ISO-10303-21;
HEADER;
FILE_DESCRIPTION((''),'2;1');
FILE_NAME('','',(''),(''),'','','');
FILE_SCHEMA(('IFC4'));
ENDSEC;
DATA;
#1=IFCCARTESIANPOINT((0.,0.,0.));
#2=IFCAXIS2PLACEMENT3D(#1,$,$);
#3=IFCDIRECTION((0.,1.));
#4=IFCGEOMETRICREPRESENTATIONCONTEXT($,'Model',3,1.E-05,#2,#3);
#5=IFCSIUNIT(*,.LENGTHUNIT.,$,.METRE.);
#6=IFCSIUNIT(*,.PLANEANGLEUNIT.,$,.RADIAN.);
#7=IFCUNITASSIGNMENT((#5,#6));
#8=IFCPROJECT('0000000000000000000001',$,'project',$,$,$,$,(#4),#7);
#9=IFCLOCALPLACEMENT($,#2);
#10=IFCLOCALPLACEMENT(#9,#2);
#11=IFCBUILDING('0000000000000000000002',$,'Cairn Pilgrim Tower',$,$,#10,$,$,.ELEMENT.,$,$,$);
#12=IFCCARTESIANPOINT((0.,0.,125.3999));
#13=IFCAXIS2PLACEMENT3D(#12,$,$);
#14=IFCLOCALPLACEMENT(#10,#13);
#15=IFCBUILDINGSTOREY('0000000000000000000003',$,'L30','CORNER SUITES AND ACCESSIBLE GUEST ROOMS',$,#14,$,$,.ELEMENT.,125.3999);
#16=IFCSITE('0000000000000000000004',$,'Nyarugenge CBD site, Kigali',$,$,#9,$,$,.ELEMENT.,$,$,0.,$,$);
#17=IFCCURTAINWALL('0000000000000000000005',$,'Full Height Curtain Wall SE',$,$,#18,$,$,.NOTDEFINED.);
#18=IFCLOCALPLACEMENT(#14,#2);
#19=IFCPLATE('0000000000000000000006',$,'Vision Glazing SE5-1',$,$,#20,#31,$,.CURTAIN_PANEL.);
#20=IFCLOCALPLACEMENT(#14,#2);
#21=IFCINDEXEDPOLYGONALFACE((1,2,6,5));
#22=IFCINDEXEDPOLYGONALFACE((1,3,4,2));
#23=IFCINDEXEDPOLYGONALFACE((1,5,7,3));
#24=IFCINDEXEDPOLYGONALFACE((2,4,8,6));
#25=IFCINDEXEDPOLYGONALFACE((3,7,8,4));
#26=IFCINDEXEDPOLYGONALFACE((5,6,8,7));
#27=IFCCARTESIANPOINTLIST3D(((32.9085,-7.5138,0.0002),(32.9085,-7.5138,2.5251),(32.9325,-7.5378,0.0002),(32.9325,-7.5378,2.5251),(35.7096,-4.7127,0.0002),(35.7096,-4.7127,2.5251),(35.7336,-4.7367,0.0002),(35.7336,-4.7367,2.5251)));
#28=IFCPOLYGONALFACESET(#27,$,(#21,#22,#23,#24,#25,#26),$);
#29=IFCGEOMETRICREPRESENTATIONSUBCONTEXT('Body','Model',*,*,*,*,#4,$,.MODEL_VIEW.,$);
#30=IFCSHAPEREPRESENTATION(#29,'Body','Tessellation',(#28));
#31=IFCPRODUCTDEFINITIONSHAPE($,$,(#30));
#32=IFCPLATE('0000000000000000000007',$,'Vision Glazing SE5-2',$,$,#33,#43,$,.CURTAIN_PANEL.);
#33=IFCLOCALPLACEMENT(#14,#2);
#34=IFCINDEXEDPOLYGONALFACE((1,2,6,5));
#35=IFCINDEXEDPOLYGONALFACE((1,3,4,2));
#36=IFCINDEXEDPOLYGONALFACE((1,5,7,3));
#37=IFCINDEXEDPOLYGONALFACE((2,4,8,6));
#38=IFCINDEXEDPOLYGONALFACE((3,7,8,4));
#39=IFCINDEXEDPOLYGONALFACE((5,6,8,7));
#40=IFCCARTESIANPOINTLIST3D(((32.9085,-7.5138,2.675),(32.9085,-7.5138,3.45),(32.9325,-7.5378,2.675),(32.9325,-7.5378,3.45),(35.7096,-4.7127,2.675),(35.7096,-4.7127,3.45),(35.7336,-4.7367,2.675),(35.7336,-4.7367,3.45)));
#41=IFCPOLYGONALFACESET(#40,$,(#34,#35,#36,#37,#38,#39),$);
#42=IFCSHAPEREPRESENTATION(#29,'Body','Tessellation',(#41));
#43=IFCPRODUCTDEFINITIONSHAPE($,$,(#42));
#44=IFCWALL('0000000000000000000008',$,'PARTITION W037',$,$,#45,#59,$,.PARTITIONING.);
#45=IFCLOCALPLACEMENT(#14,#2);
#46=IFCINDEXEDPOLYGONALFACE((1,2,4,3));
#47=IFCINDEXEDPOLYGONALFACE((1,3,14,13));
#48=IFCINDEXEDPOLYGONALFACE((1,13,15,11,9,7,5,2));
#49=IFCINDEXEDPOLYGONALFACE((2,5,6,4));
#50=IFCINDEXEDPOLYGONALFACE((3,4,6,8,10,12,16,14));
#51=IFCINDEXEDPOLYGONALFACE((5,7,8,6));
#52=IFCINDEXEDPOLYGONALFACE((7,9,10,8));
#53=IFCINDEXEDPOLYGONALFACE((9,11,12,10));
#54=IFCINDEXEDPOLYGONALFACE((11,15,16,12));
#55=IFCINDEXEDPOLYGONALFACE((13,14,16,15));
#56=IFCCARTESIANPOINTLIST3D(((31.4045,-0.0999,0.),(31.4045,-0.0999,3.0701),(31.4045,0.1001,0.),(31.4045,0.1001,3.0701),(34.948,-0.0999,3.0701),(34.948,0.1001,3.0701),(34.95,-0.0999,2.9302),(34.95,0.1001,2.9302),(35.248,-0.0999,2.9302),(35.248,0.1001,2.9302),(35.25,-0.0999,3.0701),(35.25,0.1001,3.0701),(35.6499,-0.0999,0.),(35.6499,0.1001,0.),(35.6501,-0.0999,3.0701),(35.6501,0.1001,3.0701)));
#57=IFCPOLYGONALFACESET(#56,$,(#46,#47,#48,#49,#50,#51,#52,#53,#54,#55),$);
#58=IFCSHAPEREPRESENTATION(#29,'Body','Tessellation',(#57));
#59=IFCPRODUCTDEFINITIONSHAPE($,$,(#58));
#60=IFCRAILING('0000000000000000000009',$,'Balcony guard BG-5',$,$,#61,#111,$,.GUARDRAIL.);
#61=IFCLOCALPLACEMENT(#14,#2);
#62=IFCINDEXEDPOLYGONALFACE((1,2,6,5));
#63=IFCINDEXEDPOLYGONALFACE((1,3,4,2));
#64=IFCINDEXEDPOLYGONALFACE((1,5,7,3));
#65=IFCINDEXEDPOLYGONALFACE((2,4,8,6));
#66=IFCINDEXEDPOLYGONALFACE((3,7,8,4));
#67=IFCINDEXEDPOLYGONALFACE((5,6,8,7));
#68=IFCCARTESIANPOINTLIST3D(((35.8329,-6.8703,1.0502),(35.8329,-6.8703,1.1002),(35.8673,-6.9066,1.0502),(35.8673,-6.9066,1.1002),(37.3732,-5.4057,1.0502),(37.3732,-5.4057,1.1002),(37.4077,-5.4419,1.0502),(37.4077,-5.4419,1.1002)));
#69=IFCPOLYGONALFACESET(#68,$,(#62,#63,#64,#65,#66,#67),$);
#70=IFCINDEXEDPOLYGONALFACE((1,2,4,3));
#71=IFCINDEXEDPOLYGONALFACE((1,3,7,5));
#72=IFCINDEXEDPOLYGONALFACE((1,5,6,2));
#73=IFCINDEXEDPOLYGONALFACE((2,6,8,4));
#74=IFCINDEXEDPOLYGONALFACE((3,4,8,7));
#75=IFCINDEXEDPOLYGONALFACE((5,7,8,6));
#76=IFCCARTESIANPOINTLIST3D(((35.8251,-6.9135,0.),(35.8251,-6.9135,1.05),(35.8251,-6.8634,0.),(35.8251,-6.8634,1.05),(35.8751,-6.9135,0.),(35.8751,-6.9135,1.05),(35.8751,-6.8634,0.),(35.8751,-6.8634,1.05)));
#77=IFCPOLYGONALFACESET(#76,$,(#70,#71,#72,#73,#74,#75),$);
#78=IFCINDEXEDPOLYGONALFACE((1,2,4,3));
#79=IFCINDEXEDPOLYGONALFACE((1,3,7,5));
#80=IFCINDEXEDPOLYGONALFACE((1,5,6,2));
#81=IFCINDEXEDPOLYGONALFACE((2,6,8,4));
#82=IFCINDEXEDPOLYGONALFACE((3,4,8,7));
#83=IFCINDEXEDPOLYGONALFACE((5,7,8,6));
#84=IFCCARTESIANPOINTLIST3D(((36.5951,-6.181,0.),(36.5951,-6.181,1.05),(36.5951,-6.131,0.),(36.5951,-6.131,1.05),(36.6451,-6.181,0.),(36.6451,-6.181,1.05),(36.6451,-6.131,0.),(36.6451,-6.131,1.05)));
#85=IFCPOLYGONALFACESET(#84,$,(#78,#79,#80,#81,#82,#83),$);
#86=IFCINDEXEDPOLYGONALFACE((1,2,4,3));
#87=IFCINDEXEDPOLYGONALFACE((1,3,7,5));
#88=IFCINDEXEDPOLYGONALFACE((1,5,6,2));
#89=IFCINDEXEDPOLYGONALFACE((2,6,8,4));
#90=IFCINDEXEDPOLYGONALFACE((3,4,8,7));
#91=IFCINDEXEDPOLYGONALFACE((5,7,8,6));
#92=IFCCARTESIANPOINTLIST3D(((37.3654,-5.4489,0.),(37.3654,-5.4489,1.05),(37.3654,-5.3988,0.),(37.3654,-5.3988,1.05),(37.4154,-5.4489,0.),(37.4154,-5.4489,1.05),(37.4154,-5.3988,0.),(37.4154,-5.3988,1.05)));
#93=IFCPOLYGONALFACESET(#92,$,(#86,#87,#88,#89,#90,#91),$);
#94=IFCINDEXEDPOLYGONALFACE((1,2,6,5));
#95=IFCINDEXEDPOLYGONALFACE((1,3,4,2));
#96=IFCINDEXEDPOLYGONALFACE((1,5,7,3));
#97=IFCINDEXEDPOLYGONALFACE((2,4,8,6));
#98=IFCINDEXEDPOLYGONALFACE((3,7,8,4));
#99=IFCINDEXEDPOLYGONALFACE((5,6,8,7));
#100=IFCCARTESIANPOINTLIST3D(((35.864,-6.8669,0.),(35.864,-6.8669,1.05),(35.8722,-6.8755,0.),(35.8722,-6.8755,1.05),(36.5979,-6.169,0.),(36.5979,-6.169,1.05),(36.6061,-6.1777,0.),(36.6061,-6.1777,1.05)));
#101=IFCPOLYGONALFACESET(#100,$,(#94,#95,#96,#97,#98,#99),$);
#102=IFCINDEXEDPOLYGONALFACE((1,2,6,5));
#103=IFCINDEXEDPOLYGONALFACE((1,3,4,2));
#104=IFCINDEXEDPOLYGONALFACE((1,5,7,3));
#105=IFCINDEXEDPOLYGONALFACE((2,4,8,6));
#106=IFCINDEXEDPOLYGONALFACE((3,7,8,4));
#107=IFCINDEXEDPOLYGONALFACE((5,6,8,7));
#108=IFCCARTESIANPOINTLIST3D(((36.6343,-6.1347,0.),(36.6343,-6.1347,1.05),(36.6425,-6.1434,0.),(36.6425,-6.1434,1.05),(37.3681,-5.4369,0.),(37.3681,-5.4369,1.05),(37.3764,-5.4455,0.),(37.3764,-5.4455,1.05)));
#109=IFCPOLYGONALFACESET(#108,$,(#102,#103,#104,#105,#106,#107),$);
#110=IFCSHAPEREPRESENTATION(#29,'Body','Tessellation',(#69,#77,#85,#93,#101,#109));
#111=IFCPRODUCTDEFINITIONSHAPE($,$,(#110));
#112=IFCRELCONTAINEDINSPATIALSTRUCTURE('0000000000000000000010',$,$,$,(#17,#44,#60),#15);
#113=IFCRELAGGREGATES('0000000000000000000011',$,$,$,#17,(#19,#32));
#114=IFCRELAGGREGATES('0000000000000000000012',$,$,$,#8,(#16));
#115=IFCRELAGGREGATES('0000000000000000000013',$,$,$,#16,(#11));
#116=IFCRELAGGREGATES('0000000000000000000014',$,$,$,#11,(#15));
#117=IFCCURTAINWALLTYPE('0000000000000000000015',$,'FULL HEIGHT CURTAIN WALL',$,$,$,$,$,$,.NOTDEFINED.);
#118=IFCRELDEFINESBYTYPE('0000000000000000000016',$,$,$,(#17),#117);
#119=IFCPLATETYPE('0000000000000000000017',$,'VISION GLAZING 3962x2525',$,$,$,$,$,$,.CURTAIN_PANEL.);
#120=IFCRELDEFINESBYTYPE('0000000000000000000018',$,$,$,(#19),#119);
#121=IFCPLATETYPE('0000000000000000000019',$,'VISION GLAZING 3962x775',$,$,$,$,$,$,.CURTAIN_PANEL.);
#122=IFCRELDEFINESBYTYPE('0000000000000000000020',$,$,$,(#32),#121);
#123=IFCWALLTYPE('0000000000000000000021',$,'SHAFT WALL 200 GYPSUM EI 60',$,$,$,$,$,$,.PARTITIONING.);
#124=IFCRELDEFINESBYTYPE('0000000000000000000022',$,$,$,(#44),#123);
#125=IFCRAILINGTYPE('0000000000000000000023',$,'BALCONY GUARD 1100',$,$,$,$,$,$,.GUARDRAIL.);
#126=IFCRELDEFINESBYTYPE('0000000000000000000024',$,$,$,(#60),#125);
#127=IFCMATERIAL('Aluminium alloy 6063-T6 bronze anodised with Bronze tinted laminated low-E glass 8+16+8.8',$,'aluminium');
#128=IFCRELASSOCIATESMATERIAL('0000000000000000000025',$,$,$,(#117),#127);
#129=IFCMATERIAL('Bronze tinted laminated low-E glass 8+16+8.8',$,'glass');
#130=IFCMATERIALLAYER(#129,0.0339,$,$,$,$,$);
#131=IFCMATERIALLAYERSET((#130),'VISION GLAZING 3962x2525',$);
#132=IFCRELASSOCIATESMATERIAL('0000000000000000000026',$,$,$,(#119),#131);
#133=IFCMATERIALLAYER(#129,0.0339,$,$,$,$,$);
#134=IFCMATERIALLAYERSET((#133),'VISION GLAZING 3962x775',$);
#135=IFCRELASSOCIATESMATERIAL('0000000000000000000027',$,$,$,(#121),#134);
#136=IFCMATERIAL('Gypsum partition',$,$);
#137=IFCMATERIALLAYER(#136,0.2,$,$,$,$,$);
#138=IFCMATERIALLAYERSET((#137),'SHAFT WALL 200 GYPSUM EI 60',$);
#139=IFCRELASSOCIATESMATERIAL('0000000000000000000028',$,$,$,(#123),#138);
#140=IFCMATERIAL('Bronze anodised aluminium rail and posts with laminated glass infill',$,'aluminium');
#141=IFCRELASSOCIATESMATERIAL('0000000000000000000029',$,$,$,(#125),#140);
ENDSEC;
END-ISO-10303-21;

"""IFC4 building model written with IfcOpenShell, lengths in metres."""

from ifc_helpers import new_model, si_unit, direction, frame, origin, origin_2d, place, context, subcontext, project, spatial, polyline, rectangle, outline, extrude, material, layer, layer_set, type_object, element, aggregate, save


model = new_model("IFC4")

# Units and contexts
model_context = context("Model", 3, precision=1e-05, world=origin(), true_north=direction((0.0, 1.0)))
body_context = subcontext(model_context, "Body", "Model", "MODEL_VIEW")
ifc_project = project(units=[si_unit("LENGTHUNIT", "METRE"), si_unit("PLANEANGLEUNIT", "RADIAN")], contexts=[model_context])

# Site, building, storey
site_placement = place(None, origin())
site = spatial("IfcSite", under=ifc_project, at=site_placement, Name="Nyarugenge CBD site, Kigali", CompositionType="ELEMENT", RefElevation=0.0)
building_placement = place(site_placement, origin())
building = spatial("IfcBuilding", under=site, at=building_placement, Name="Cairn Pilgrim Tower", CompositionType="ELEMENT")
storey_placement = place(building_placement, frame((0.0, 0.0, 125.3999)))
storey = spatial("IfcBuildingStorey", under=building, at=storey_placement, Name="L30", Description="CORNER SUITES AND ACCESSIBLE GUEST ROOMS", CompositionType="ELEMENT", Elevation=125.3999)

# Curtain wall
ifc_material_1 = material(Name="Aluminium alloy 6063-T6 bronze anodised with Bronze tinted laminated low-E glass 8+16+8.8", Category="aluminium")
curtain_wall_type = type_object("IfcCurtainWallType", Name="FULL HEIGHT CURTAIN WALL", PredefinedType="NOTDEFINED", material=ifc_material_1)
curtain_wall_1_placement = place(storey_placement, origin())
curtain_wall_1 = element("IfcCurtainWall", 1, at=curtain_wall_1_placement, inside=storey, type_object=curtain_wall_type, Name="Full Height Curtain Wall SE", PredefinedType="NOTDEFINED")

# Plates
ifc_material_2 = material(Name="Bronze tinted laminated low-E glass 8+16+8.8", Category="glass")
ifc_layer_1 = layer(ifc_material_2, 0.0339)
ifc_layer_set_1 = layer_set([ifc_layer_1], Name="VISION GLAZING 3962x2525")
plate_type_1 = type_object("IfcPlateType", Name="VISION GLAZING 3962x2525", PredefinedType="CURTAIN_PANEL", material=ifc_layer_set_1)
plate_1_placement = place(storey_placement, frame((34.321, -6.1252, 0.0002), z_axis=(0.0, 0.0, 1.0), x_axis=(0.707107, 0.707107, 0.0)))
plate_1 = element("IfcPlate", 2, at=plate_1_placement, type_object=plate_type_1, Name="Vision Glazing SE5-1", PredefinedType="CURTAIN_PANEL", context=body_context, shape_type="SweptSolid", body=[
    extrude(rectangle(XDim=3.9614, YDim=0.0339, at=origin_2d()), origin(), (0.0, 0.0, 1.0), 2.5249),
])
ifc_layer_2 = layer(ifc_material_2, 0.0339)
ifc_layer_set_2 = layer_set([ifc_layer_2], Name="VISION GLAZING 3962x775")
plate_type_2 = type_object("IfcPlateType", Name="VISION GLAZING 3962x775", PredefinedType="CURTAIN_PANEL", material=ifc_layer_set_2)
plate_2_placement = place(storey_placement, frame((34.321, -6.1252, 2.675), z_axis=(0.0, 0.0, 1.0), x_axis=(0.707107, 0.707107, 0.0)))
plate_2 = element("IfcPlate", 3, at=plate_2_placement, type_object=plate_type_2, Name="Vision Glazing SE5-2", PredefinedType="CURTAIN_PANEL", context=body_context, shape_type="SweptSolid", body=[
    extrude(rectangle(XDim=3.9614, YDim=0.0339, at=origin_2d()), origin(), (0.0, 0.0, 1.0), 0.7749),
])
aggregate(curtain_wall_1, [plate_1, plate_2])

# Wall
ifc_material_3 = material(Name="Gypsum partition")
ifc_layer_3 = layer(ifc_material_3, 0.2)
ifc_layer_set_3 = layer_set([ifc_layer_3], Name="SHAFT WALL 200 GYPSUM EI 60")
wall_type_1 = type_object("IfcWallType", Name="SHAFT WALL 200 GYPSUM EI 60", PredefinedType="PARTITIONING", material=ifc_layer_set_3)
wall_1_placement = place(storey_placement, frame((31.4045, 0.0, 0.0), z_axis=(0.0, 0.0, 1.0), x_axis=(1.0, 0.0, 0.0)))
element("IfcWall", 4, at=wall_1_placement, inside=storey, type_object=wall_type_1, Name="PARTITION W037", PredefinedType="PARTITIONING", context=body_context, shape_type="SweptSolid", body=[
    extrude(outline(polyline([(0.0, 0.0), (4.2454, 0.0), (4.2456, 3.0701), (3.8455, 3.0701), (3.8435, 2.9302), (3.5454, 2.9302), (3.5435, 3.0701), (0.0, 3.0701), (0.0, 0.0)])), frame((0.0, 0.1001, 0.0), z_axis=(0.0, -1.0, 0.0), x_axis=(1.0, 0.0, 0.0)), (0.0, 0.0, 1.0), 0.2),
])

# Railing
ifc_material_4 = material(Name="Bronze anodised aluminium rail and posts with laminated glass infill", Category="aluminium")
railing_type = type_object("IfcRailingType", Name="BALCONY GUARD 1100", PredefinedType="GUARDRAIL", material=ifc_material_4)
railing_1_placement = place(storey_placement, frame((35.8501, -6.8884, 0.0)))
element("IfcRailing", 5, at=railing_1_placement, inside=storey, type_object=railing_type, Name="Balcony guard BG-5", PredefinedType="GUARDRAIL", context=body_context, shape_type="SweptSolid", body=[
    extrude(rectangle(XDim=0.05, YDim=0.05, at=origin_2d()), frame((0.0, 0.0, 1.0752), z_axis=(0.724687, 0.689078, 0.0), x_axis=(-0.689078, 0.724687, 0.0)), (0.0, 0.0, 1.0), 2.1255),
    extrude(rectangle(XDim=0.05, YDim=0.05, at=origin_2d()), origin(), (0.0, 0.0, 1.0), 1.05),
    extrude(rectangle(XDim=0.05, YDim=0.05, at=origin_2d()), frame((0.77, 0.7324, 0.0)), (0.0, 0.0, 1.0), 1.05),
    extrude(rectangle(XDim=0.05, YDim=0.05, at=origin_2d()), frame((1.5403, 1.4646, 0.0)), (0.0, 0.0, 1.0), 1.05),
    extrude(outline(polyline([(0.0249, 0.0), (1.0376, 0.0), (1.0376, 1.05), (0.0249, 1.05), (0.0249, 0.0)])), frame((-0.0042, 0.0044, 0.0), z_axis=(0.689078, -0.724687, 0.0), x_axis=(0.724687, 0.689078, 0.0)), (0.0, 0.0, 1.0), 0.012),
    extrude(outline(polyline([(0.0249, 0.0), (1.0376, 0.0), (1.0376, 1.05), (0.0249, 1.05), (0.0249, 0.0)])), frame((0.7661, 0.7366, 0.0), z_axis=(0.689078, -0.724687, 0.0), x_axis=(0.724687, 0.689078, 0.0)), (0.0, 0.0, 1.0), 0.012),
])

save(model, "model.ifc")
